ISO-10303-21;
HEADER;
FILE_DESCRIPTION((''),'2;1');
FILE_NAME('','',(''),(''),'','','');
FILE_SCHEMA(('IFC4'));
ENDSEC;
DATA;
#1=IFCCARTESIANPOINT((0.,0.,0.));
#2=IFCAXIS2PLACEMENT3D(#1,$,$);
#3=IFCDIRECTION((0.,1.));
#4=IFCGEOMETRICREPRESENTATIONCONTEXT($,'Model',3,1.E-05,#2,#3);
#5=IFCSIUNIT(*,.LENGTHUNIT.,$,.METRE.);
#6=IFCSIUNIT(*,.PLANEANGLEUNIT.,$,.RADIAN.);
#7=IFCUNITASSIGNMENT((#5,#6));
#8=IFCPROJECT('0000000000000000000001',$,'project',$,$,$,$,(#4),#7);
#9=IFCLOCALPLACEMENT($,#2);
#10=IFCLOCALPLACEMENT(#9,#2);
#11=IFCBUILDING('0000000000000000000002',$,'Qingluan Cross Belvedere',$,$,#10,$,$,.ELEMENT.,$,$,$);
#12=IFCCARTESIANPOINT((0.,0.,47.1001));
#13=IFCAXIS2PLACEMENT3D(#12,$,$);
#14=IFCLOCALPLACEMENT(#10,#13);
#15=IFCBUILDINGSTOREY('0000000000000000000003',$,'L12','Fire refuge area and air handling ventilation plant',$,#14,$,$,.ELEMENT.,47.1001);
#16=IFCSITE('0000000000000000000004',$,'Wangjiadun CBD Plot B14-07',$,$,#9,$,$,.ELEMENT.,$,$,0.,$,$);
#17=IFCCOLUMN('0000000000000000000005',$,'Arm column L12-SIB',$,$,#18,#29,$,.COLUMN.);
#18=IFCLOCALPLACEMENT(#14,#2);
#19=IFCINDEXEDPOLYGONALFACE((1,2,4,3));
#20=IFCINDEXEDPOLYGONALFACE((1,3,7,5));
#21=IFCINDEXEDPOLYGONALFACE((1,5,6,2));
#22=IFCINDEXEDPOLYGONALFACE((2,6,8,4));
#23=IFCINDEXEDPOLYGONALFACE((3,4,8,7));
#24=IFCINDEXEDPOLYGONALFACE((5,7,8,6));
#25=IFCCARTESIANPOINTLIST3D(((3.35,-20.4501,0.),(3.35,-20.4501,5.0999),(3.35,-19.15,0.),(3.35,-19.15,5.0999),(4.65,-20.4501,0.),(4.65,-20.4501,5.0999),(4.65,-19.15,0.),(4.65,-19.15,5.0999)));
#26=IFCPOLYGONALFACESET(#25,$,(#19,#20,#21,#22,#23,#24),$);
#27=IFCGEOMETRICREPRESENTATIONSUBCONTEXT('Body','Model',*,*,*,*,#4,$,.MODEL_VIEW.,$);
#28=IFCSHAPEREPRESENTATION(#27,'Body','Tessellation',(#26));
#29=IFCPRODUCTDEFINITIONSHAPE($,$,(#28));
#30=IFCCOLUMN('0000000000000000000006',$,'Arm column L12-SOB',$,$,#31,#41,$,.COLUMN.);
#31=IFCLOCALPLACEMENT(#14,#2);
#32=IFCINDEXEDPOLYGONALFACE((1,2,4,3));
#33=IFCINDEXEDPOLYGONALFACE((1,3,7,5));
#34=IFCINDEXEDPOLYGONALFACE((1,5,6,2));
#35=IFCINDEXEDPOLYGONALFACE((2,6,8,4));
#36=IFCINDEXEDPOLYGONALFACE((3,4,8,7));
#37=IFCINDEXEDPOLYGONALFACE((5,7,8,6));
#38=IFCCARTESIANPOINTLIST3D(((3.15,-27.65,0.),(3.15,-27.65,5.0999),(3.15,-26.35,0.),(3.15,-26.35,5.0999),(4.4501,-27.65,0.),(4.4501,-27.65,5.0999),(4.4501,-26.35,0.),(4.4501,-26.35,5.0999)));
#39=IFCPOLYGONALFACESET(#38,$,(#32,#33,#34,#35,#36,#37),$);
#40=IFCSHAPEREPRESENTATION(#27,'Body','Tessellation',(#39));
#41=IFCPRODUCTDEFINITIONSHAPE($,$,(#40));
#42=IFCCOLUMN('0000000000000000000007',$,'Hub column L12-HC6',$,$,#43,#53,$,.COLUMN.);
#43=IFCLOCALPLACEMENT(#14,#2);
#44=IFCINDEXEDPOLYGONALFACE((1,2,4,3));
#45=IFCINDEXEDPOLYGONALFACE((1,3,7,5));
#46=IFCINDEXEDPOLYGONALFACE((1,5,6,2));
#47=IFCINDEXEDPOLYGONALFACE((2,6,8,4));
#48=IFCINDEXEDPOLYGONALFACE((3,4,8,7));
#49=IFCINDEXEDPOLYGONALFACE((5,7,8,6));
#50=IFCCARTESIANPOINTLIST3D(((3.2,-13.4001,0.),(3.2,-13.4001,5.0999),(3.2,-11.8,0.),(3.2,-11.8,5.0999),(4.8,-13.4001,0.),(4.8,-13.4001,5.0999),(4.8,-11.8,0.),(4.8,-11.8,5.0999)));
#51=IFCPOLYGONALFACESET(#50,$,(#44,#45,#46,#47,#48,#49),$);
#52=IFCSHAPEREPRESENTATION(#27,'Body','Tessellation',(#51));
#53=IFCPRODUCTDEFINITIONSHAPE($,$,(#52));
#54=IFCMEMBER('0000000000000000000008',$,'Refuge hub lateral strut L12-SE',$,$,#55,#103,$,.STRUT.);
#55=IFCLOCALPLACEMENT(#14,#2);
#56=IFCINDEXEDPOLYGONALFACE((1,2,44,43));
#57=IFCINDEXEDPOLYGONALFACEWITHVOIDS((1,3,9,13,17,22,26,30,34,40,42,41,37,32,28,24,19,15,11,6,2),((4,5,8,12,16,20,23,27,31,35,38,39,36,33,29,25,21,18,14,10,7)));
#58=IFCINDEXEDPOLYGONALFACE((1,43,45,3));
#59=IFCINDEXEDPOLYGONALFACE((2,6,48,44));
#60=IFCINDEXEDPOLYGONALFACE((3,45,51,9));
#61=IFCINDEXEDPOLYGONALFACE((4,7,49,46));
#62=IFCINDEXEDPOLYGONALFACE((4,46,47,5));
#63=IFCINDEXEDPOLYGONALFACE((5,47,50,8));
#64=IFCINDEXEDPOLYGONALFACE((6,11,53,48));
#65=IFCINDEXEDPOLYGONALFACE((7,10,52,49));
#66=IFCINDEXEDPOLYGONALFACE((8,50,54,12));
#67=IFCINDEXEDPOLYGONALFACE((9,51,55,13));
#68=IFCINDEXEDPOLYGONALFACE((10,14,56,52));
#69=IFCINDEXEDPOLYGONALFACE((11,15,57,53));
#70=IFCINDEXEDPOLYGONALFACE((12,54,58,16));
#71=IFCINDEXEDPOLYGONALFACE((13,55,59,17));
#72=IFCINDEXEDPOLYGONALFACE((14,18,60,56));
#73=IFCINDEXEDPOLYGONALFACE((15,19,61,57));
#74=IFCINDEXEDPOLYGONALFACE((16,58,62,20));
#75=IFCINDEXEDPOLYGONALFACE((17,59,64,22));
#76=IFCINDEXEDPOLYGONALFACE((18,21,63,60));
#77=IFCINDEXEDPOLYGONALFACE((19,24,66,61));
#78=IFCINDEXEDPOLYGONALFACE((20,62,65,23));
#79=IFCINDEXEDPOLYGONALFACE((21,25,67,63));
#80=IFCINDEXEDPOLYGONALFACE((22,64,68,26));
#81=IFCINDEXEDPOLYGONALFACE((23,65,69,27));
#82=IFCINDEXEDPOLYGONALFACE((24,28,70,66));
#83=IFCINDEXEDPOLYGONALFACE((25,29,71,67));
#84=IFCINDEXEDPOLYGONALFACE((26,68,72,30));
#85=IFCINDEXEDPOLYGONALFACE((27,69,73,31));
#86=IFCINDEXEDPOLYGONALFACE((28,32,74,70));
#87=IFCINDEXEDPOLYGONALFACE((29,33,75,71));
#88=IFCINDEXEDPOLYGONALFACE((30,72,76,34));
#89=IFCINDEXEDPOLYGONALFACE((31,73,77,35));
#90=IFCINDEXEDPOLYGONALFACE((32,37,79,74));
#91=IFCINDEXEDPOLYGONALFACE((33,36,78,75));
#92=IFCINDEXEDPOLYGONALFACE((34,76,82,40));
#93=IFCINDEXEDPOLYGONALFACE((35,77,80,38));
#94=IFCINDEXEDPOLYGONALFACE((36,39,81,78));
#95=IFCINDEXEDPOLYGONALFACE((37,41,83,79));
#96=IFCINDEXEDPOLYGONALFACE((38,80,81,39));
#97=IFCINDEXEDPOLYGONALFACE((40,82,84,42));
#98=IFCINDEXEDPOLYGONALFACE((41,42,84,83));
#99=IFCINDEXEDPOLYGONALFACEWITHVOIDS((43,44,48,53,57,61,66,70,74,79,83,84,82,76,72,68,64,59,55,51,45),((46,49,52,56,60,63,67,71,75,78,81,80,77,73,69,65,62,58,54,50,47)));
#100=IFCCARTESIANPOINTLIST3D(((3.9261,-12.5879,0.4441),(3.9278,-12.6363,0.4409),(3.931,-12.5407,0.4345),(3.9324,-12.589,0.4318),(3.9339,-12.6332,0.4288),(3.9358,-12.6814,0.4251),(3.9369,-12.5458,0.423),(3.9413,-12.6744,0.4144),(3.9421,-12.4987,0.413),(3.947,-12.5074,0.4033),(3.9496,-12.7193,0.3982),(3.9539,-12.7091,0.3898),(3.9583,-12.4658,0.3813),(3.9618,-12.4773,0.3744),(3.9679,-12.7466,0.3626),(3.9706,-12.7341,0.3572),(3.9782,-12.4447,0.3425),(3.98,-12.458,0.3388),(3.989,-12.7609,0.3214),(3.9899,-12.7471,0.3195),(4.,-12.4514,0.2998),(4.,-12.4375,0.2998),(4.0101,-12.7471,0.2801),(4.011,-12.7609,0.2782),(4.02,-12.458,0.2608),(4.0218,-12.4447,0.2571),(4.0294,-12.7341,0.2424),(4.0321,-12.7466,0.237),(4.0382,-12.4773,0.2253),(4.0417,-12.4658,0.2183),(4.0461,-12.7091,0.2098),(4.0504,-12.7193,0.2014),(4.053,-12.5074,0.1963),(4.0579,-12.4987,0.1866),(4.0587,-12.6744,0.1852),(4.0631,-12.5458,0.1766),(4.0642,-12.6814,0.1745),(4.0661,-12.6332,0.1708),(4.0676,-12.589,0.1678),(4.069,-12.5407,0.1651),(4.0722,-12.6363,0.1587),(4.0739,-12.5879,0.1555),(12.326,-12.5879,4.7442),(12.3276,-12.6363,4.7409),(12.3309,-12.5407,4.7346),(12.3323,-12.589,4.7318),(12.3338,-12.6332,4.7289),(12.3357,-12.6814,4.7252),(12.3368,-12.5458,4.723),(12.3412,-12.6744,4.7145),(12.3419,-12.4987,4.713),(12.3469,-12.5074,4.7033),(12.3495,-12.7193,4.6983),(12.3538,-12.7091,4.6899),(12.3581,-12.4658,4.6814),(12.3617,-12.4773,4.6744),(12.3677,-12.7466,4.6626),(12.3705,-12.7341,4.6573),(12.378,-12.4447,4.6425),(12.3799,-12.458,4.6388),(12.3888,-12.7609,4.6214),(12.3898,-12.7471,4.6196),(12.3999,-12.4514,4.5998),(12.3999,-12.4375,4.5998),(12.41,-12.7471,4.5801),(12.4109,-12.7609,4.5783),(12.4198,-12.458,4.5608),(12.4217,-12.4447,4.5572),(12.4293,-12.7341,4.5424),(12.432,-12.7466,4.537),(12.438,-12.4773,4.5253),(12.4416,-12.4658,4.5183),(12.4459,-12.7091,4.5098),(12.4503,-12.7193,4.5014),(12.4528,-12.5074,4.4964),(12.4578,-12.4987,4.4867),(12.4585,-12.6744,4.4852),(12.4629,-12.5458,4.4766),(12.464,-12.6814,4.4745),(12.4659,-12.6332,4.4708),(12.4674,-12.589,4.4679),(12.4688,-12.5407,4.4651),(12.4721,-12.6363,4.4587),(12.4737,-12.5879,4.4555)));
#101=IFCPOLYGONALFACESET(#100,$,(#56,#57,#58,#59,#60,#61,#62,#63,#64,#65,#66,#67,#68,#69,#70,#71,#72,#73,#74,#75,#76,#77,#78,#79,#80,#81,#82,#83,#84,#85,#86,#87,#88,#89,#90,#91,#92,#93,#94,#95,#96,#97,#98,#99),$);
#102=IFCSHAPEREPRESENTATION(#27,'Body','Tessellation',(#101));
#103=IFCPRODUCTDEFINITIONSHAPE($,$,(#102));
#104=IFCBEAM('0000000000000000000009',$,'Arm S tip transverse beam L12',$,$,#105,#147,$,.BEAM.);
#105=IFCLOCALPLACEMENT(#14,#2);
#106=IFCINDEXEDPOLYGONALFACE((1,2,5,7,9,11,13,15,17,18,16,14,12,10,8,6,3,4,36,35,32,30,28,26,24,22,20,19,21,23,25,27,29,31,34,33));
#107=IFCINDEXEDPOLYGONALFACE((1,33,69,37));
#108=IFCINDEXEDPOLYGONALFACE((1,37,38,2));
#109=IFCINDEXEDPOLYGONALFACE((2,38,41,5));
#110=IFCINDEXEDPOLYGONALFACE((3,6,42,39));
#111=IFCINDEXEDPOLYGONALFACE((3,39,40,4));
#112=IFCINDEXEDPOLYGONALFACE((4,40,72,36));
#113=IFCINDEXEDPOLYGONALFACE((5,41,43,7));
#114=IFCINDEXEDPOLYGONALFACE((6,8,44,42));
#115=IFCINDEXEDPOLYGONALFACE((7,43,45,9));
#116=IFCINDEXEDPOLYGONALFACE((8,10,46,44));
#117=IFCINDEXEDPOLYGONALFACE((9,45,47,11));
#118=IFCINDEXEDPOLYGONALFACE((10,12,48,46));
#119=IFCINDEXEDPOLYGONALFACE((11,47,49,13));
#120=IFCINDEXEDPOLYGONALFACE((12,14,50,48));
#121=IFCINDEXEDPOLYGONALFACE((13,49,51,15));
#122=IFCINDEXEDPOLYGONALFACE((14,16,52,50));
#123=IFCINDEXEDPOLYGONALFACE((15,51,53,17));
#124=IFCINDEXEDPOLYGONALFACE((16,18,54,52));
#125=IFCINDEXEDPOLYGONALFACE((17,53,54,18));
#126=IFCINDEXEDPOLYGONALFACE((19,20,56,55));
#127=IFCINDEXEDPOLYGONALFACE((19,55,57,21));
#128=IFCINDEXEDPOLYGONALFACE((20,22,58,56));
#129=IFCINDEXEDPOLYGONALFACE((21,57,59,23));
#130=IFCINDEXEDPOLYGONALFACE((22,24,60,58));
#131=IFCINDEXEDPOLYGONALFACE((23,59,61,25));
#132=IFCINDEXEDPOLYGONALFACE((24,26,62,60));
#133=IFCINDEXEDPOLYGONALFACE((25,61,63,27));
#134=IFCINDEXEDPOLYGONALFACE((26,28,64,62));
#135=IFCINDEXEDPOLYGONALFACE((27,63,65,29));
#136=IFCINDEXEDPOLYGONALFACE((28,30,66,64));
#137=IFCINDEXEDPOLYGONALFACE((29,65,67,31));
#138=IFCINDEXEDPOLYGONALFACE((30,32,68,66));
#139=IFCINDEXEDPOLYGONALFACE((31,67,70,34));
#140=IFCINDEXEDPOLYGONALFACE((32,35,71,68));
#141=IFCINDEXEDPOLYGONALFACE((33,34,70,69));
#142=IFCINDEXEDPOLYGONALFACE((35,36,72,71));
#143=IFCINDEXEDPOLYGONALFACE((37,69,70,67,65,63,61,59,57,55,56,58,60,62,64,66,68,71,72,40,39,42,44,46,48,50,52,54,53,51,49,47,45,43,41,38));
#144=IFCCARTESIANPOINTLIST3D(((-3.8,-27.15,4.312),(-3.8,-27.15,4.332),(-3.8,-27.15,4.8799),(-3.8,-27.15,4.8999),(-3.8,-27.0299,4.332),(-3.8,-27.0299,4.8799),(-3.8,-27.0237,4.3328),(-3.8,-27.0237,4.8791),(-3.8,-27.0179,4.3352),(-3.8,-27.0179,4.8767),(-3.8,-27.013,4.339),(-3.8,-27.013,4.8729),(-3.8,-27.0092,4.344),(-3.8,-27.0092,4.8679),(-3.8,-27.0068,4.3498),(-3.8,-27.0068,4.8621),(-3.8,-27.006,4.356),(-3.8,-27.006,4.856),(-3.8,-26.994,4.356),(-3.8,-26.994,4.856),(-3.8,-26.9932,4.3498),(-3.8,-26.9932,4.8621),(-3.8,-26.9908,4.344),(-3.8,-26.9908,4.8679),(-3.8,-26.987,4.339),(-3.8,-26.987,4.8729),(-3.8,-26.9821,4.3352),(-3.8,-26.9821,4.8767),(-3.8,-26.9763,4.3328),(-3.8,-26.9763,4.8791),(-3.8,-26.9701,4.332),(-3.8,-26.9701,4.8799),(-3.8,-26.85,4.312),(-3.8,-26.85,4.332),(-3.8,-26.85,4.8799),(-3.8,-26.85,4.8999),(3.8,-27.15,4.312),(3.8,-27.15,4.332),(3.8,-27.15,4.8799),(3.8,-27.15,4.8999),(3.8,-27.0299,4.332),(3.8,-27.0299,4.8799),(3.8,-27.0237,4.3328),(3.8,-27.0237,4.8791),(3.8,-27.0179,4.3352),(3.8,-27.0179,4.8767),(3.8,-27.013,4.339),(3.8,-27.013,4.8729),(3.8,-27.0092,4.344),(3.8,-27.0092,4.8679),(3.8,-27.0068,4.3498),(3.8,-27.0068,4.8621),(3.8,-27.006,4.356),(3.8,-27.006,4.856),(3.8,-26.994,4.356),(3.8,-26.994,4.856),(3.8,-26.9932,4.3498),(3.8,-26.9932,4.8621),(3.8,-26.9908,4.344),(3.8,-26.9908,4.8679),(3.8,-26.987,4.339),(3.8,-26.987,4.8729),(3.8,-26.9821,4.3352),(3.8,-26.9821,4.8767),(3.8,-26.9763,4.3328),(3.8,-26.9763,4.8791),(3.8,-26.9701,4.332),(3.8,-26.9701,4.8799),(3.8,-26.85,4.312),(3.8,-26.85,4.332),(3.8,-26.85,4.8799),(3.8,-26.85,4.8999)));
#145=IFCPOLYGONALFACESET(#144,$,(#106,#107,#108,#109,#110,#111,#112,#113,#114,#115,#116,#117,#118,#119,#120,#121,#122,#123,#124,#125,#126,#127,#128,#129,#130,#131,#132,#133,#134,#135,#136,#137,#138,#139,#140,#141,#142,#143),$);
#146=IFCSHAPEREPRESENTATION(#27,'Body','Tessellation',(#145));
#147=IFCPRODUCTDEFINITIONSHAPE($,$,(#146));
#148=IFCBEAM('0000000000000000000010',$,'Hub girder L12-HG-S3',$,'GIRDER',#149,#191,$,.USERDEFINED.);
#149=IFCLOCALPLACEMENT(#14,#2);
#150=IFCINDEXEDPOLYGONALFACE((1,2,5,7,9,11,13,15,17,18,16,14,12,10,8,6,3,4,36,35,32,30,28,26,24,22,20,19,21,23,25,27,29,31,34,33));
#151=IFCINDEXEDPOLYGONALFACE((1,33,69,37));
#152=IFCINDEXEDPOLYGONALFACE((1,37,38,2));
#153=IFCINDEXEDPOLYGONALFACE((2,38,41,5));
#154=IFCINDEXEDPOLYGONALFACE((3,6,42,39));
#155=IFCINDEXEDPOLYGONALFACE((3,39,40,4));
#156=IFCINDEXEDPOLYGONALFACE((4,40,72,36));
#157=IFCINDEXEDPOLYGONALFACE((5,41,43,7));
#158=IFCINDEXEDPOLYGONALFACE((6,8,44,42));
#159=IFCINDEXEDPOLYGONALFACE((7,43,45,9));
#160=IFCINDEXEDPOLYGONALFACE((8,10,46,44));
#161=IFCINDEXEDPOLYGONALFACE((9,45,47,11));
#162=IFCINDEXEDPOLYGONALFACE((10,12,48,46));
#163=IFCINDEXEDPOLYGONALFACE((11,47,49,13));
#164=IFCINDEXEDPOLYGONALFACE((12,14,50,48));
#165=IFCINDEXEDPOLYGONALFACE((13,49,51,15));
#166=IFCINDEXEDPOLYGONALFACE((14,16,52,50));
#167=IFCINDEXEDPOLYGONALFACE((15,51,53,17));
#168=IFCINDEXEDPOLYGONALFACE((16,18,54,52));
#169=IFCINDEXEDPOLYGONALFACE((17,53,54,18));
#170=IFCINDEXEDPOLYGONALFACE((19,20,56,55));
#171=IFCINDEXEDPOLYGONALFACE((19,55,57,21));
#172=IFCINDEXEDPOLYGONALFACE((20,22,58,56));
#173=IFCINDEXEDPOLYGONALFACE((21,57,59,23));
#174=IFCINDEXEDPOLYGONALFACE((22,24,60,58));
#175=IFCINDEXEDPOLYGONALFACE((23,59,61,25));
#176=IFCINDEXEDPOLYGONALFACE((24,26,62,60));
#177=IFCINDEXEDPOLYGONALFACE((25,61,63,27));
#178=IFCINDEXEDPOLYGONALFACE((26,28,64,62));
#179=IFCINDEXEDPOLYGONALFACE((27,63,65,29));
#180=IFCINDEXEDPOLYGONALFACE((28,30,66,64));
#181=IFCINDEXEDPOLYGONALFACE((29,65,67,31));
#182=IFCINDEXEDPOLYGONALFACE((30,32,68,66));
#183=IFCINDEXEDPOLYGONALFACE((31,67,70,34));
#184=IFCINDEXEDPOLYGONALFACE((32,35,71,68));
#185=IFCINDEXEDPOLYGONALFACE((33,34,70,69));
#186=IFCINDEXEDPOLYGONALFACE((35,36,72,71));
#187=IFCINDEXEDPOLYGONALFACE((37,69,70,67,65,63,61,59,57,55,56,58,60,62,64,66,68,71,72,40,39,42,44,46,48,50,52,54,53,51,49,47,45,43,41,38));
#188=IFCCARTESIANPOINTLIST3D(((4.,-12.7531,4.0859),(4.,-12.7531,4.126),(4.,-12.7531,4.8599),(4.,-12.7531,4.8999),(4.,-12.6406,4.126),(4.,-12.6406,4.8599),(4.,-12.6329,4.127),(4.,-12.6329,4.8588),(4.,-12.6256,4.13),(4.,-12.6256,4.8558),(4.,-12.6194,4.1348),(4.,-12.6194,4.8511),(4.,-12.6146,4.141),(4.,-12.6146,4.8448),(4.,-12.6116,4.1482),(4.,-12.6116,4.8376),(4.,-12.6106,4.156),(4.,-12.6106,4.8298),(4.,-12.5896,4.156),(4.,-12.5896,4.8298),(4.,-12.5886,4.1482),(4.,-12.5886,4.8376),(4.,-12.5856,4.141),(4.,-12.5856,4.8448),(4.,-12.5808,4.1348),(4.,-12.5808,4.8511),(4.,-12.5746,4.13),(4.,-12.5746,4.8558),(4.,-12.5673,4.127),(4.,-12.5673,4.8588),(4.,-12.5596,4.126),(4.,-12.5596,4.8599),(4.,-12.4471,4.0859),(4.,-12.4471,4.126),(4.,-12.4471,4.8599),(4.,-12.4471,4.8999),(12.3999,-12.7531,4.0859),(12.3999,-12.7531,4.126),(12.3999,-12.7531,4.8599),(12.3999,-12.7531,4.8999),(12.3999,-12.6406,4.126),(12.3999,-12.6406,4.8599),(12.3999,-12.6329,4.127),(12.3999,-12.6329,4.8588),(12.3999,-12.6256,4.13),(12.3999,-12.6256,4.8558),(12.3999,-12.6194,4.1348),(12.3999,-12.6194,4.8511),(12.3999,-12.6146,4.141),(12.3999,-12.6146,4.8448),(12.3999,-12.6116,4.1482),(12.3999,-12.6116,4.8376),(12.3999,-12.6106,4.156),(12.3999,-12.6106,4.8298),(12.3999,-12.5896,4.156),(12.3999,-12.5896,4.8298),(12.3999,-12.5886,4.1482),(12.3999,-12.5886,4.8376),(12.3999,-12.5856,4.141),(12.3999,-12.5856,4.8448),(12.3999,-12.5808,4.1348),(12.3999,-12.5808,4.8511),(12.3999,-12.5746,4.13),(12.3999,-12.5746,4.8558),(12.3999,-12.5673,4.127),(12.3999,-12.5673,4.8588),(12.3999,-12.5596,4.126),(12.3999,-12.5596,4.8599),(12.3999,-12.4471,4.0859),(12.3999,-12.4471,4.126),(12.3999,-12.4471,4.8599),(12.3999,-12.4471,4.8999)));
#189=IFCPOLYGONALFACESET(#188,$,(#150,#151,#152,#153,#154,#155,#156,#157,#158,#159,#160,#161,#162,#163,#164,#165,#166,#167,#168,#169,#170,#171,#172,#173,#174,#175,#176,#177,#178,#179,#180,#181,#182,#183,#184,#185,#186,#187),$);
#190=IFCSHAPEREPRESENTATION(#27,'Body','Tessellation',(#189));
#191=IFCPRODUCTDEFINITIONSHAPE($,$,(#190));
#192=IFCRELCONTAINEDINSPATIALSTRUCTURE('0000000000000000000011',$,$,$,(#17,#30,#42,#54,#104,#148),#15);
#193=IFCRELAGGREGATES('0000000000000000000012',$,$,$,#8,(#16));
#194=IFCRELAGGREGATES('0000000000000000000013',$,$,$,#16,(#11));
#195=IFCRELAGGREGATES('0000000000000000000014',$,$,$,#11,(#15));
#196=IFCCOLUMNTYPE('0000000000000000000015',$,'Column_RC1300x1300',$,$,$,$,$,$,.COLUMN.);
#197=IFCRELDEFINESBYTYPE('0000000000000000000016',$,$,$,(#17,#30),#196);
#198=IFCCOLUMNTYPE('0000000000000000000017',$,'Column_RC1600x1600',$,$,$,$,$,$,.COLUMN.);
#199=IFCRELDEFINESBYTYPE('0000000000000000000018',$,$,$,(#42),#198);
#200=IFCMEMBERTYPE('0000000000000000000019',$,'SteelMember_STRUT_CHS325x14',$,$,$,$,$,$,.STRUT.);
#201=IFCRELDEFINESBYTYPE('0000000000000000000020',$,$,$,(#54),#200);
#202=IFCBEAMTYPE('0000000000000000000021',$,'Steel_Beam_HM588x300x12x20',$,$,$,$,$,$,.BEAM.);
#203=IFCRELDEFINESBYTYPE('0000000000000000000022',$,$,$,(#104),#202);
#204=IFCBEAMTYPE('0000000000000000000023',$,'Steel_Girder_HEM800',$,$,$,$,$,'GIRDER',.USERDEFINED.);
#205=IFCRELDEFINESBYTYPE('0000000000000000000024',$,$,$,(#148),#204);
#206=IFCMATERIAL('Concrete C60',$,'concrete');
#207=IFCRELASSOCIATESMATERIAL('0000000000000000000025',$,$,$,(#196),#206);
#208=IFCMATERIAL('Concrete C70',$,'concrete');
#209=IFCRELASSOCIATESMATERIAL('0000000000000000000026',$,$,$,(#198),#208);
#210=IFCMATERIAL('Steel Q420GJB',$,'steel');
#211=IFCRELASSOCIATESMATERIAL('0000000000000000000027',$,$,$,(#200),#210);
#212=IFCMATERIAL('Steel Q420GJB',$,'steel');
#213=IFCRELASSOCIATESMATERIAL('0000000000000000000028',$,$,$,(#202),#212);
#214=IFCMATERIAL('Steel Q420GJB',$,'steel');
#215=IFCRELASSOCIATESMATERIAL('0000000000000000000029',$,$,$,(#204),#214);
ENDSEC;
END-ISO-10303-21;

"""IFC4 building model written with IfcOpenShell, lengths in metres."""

from ifc_helpers import new_model, si_unit, direction, frame, origin, origin_2d, place, context, subcontext, project, spatial, rectangle, hollow_circle, i_section, extrude, material, material_profile, profile_set, type_object, element, save


model = new_model("IFC4")

# Units and contexts
model_context = context("Model", 3, precision=1e-05, world=origin(), true_north=direction((0.0, 1.0)))
body_context = subcontext(model_context, "Body", "Model", "MODEL_VIEW")
ifc_project = project(units=[si_unit("LENGTHUNIT", "METRE"), si_unit("PLANEANGLEUNIT", "RADIAN")], contexts=[model_context])

# Site, building, storey
site_placement = place(None, origin())
site = spatial("IfcSite", under=ifc_project, at=site_placement, Name="Wangjiadun CBD Plot B14-07", CompositionType="ELEMENT", RefElevation=0.0)
building_placement = place(site_placement, origin())
building = spatial("IfcBuilding", under=site, at=building_placement, Name="Qingluan Cross Belvedere", CompositionType="ELEMENT")
storey_placement = place(building_placement, frame((0.0, 0.0, 47.1001)))
storey = spatial("IfcBuildingStorey", under=building, at=storey_placement, Name="L12", Description="Fire refuge area and air handling ventilation plant", CompositionType="ELEMENT", Elevation=47.1001)

# Columns
ifc_material_1 = material(Name="Concrete C60", Category="concrete")
ifc_material_profile_1 = material_profile(ifc_material_1, rectangle(XDim=1.3, YDim=1.3, at=origin_2d()), Name="RC1300x1300")
ifc_profile_set_1 = profile_set([ifc_material_profile_1], Name="Concrete C60")
column_type_1 = type_object("IfcColumnType", Name="Column_RC1300x1300", PredefinedType="COLUMN", material=ifc_profile_set_1)
for number, where, z_axis, x_axis, name in (
    (1, (4.0, -19.8, 0.0), (0.0, 0.0, 1.0), (1.0, 0.0, 0.0), "Arm column L12-SIB"),
    (2, (3.8, -27.0, 0.0), (0.0, 0.0, 1.0), (1.0, 0.0, 0.0), "Arm column L12-SOB"),
):
    element("IfcColumn", number, at=place(storey_placement, frame(where, z_axis=z_axis, x_axis=x_axis)), inside=storey, type_object=column_type_1, Name=name, PredefinedType="COLUMN", context=body_context, shape_type="SweptSolid", body=[
        extrude(rectangle(XDim=1.3, YDim=1.3, at=origin_2d()), origin(), (0.0, 0.0, 1.0), 5.0999),
    ])
ifc_material_2 = material(Name="Concrete C70", Category="concrete")
ifc_material_profile_2 = material_profile(ifc_material_2, rectangle(XDim=1.6001, YDim=1.6001, at=origin_2d()), Name="RC1600x1600")
ifc_profile_set_2 = profile_set([ifc_material_profile_2], Name="Concrete C70")
column_type_2 = type_object("IfcColumnType", Name="Column_RC1600x1600", PredefinedType="COLUMN", material=ifc_profile_set_2)
column_placement = place(storey_placement, frame((4.0, -12.6001, 0.0), z_axis=(0.0, 0.0, 1.0), x_axis=(1.0, 0.0, 0.0)))
element("IfcColumn", 3, at=column_placement, inside=storey, type_object=column_type_2, Name="Hub column L12-HC6", PredefinedType="COLUMN", context=body_context, shape_type="SweptSolid", body=[
    extrude(rectangle(XDim=1.6001, YDim=1.6001, at=origin_2d()), origin(), (0.0, 0.0, 1.0), 5.0999),
])

# Member
ifc_material_3 = material(Name="Steel Q420GJB", Category="steel")
ifc_material_profile_3 = material_profile(ifc_material_3, hollow_circle(Radius=0.1626, WallThickness=0.0139, at=origin_2d()), Name="CHS325x14")
ifc_profile_set_3 = profile_set([ifc_material_profile_3], Name="Steel Q420GJB")
member_type = type_object("IfcMemberType", Name="SteelMember_STRUT_CHS325x14", PredefinedType="STRUT", material=ifc_profile_set_3)
member_placement = place(storey_placement, frame((4.0, -12.6001, 0.2998), z_axis=(0.890144, 0.0, 0.455679), x_axis=(0.0, 1.0, 0.0)))
element("IfcMember", 4, at=member_placement, inside=storey, type_object=member_type, Name="Refuge hub lateral strut L12-SE", PredefinedType="STRUT", context=body_context, shape_type="SweptSolid", body=[
    extrude(hollow_circle(Radius=0.1626, WallThickness=0.0139, at=origin_2d()), origin(), (0.0, 0.0, 1.0), 9.4365),
])

# Beams
ifc_material_4 = material(Name="Steel Q420GJB", Category="steel")
ifc_material_profile_4 = material_profile(ifc_material_4, i_section(OverallWidth=0.3, OverallDepth=0.5879, WebThickness=0.012, FlangeThickness=0.02, FilletRadius=0.0239, at=origin_2d()), Name="HM588x300x12x20")
ifc_profile_set_4 = profile_set([ifc_material_profile_4], Name="Steel Q420GJB")
beam_type_1 = type_object("IfcBeamType", Name="Steel_Beam_HM588x300x12x20", PredefinedType="BEAM", material=ifc_profile_set_4)
beam_1_placement = place(storey_placement, frame((-3.8, -27.0, 4.606), z_axis=(1.0, 0.0, 0.0), x_axis=(0.0, 1.0, 0.0)))
element("IfcBeam", 5, at=beam_1_placement, inside=storey, type_object=beam_type_1, Name="Arm S tip transverse beam L12", PredefinedType="BEAM", context=body_context, shape_type="SweptSolid", body=[
    extrude(i_section(OverallWidth=0.3, OverallDepth=0.5879, WebThickness=0.012, FlangeThickness=0.02, FilletRadius=0.0239, at=origin_2d()), origin(), (0.0, 0.0, 1.0), 7.6001),
])
ifc_material_5 = material(Name="Steel Q420GJB", Category="steel")
ifc_material_profile_5 = material_profile(ifc_material_5, i_section(OverallWidth=0.3059, OverallDepth=0.814, WebThickness=0.021, FlangeThickness=0.04, FilletRadius=0.03, at=origin_2d()), Name="HEM800")
ifc_profile_set_5 = profile_set([ifc_material_profile_5], Name="Steel Q420GJB")
beam_type_2 = type_object("IfcBeamType", Name="Steel_Girder_HEM800", ElementType="GIRDER", PredefinedType="USERDEFINED", material=ifc_profile_set_5)
beam_2_placement = place(storey_placement, frame((4.0, -12.6001, 4.4929), z_axis=(1.0, 0.0, 0.0), x_axis=(0.0, 1.0, 0.0)))
element("IfcBeam", 6, at=beam_2_placement, inside=storey, type_object=beam_type_2, Name="Hub girder L12-HG-S3", ObjectType="GIRDER", PredefinedType="USERDEFINED", context=body_context, shape_type="SweptSolid", body=[
    extrude(i_section(OverallWidth=0.3059, OverallDepth=0.814, WebThickness=0.021, FlangeThickness=0.04, FilletRadius=0.03, at=origin_2d()), origin(), (0.0, 0.0, 1.0), 8.3999),
])

save(model, "model.ifc")
